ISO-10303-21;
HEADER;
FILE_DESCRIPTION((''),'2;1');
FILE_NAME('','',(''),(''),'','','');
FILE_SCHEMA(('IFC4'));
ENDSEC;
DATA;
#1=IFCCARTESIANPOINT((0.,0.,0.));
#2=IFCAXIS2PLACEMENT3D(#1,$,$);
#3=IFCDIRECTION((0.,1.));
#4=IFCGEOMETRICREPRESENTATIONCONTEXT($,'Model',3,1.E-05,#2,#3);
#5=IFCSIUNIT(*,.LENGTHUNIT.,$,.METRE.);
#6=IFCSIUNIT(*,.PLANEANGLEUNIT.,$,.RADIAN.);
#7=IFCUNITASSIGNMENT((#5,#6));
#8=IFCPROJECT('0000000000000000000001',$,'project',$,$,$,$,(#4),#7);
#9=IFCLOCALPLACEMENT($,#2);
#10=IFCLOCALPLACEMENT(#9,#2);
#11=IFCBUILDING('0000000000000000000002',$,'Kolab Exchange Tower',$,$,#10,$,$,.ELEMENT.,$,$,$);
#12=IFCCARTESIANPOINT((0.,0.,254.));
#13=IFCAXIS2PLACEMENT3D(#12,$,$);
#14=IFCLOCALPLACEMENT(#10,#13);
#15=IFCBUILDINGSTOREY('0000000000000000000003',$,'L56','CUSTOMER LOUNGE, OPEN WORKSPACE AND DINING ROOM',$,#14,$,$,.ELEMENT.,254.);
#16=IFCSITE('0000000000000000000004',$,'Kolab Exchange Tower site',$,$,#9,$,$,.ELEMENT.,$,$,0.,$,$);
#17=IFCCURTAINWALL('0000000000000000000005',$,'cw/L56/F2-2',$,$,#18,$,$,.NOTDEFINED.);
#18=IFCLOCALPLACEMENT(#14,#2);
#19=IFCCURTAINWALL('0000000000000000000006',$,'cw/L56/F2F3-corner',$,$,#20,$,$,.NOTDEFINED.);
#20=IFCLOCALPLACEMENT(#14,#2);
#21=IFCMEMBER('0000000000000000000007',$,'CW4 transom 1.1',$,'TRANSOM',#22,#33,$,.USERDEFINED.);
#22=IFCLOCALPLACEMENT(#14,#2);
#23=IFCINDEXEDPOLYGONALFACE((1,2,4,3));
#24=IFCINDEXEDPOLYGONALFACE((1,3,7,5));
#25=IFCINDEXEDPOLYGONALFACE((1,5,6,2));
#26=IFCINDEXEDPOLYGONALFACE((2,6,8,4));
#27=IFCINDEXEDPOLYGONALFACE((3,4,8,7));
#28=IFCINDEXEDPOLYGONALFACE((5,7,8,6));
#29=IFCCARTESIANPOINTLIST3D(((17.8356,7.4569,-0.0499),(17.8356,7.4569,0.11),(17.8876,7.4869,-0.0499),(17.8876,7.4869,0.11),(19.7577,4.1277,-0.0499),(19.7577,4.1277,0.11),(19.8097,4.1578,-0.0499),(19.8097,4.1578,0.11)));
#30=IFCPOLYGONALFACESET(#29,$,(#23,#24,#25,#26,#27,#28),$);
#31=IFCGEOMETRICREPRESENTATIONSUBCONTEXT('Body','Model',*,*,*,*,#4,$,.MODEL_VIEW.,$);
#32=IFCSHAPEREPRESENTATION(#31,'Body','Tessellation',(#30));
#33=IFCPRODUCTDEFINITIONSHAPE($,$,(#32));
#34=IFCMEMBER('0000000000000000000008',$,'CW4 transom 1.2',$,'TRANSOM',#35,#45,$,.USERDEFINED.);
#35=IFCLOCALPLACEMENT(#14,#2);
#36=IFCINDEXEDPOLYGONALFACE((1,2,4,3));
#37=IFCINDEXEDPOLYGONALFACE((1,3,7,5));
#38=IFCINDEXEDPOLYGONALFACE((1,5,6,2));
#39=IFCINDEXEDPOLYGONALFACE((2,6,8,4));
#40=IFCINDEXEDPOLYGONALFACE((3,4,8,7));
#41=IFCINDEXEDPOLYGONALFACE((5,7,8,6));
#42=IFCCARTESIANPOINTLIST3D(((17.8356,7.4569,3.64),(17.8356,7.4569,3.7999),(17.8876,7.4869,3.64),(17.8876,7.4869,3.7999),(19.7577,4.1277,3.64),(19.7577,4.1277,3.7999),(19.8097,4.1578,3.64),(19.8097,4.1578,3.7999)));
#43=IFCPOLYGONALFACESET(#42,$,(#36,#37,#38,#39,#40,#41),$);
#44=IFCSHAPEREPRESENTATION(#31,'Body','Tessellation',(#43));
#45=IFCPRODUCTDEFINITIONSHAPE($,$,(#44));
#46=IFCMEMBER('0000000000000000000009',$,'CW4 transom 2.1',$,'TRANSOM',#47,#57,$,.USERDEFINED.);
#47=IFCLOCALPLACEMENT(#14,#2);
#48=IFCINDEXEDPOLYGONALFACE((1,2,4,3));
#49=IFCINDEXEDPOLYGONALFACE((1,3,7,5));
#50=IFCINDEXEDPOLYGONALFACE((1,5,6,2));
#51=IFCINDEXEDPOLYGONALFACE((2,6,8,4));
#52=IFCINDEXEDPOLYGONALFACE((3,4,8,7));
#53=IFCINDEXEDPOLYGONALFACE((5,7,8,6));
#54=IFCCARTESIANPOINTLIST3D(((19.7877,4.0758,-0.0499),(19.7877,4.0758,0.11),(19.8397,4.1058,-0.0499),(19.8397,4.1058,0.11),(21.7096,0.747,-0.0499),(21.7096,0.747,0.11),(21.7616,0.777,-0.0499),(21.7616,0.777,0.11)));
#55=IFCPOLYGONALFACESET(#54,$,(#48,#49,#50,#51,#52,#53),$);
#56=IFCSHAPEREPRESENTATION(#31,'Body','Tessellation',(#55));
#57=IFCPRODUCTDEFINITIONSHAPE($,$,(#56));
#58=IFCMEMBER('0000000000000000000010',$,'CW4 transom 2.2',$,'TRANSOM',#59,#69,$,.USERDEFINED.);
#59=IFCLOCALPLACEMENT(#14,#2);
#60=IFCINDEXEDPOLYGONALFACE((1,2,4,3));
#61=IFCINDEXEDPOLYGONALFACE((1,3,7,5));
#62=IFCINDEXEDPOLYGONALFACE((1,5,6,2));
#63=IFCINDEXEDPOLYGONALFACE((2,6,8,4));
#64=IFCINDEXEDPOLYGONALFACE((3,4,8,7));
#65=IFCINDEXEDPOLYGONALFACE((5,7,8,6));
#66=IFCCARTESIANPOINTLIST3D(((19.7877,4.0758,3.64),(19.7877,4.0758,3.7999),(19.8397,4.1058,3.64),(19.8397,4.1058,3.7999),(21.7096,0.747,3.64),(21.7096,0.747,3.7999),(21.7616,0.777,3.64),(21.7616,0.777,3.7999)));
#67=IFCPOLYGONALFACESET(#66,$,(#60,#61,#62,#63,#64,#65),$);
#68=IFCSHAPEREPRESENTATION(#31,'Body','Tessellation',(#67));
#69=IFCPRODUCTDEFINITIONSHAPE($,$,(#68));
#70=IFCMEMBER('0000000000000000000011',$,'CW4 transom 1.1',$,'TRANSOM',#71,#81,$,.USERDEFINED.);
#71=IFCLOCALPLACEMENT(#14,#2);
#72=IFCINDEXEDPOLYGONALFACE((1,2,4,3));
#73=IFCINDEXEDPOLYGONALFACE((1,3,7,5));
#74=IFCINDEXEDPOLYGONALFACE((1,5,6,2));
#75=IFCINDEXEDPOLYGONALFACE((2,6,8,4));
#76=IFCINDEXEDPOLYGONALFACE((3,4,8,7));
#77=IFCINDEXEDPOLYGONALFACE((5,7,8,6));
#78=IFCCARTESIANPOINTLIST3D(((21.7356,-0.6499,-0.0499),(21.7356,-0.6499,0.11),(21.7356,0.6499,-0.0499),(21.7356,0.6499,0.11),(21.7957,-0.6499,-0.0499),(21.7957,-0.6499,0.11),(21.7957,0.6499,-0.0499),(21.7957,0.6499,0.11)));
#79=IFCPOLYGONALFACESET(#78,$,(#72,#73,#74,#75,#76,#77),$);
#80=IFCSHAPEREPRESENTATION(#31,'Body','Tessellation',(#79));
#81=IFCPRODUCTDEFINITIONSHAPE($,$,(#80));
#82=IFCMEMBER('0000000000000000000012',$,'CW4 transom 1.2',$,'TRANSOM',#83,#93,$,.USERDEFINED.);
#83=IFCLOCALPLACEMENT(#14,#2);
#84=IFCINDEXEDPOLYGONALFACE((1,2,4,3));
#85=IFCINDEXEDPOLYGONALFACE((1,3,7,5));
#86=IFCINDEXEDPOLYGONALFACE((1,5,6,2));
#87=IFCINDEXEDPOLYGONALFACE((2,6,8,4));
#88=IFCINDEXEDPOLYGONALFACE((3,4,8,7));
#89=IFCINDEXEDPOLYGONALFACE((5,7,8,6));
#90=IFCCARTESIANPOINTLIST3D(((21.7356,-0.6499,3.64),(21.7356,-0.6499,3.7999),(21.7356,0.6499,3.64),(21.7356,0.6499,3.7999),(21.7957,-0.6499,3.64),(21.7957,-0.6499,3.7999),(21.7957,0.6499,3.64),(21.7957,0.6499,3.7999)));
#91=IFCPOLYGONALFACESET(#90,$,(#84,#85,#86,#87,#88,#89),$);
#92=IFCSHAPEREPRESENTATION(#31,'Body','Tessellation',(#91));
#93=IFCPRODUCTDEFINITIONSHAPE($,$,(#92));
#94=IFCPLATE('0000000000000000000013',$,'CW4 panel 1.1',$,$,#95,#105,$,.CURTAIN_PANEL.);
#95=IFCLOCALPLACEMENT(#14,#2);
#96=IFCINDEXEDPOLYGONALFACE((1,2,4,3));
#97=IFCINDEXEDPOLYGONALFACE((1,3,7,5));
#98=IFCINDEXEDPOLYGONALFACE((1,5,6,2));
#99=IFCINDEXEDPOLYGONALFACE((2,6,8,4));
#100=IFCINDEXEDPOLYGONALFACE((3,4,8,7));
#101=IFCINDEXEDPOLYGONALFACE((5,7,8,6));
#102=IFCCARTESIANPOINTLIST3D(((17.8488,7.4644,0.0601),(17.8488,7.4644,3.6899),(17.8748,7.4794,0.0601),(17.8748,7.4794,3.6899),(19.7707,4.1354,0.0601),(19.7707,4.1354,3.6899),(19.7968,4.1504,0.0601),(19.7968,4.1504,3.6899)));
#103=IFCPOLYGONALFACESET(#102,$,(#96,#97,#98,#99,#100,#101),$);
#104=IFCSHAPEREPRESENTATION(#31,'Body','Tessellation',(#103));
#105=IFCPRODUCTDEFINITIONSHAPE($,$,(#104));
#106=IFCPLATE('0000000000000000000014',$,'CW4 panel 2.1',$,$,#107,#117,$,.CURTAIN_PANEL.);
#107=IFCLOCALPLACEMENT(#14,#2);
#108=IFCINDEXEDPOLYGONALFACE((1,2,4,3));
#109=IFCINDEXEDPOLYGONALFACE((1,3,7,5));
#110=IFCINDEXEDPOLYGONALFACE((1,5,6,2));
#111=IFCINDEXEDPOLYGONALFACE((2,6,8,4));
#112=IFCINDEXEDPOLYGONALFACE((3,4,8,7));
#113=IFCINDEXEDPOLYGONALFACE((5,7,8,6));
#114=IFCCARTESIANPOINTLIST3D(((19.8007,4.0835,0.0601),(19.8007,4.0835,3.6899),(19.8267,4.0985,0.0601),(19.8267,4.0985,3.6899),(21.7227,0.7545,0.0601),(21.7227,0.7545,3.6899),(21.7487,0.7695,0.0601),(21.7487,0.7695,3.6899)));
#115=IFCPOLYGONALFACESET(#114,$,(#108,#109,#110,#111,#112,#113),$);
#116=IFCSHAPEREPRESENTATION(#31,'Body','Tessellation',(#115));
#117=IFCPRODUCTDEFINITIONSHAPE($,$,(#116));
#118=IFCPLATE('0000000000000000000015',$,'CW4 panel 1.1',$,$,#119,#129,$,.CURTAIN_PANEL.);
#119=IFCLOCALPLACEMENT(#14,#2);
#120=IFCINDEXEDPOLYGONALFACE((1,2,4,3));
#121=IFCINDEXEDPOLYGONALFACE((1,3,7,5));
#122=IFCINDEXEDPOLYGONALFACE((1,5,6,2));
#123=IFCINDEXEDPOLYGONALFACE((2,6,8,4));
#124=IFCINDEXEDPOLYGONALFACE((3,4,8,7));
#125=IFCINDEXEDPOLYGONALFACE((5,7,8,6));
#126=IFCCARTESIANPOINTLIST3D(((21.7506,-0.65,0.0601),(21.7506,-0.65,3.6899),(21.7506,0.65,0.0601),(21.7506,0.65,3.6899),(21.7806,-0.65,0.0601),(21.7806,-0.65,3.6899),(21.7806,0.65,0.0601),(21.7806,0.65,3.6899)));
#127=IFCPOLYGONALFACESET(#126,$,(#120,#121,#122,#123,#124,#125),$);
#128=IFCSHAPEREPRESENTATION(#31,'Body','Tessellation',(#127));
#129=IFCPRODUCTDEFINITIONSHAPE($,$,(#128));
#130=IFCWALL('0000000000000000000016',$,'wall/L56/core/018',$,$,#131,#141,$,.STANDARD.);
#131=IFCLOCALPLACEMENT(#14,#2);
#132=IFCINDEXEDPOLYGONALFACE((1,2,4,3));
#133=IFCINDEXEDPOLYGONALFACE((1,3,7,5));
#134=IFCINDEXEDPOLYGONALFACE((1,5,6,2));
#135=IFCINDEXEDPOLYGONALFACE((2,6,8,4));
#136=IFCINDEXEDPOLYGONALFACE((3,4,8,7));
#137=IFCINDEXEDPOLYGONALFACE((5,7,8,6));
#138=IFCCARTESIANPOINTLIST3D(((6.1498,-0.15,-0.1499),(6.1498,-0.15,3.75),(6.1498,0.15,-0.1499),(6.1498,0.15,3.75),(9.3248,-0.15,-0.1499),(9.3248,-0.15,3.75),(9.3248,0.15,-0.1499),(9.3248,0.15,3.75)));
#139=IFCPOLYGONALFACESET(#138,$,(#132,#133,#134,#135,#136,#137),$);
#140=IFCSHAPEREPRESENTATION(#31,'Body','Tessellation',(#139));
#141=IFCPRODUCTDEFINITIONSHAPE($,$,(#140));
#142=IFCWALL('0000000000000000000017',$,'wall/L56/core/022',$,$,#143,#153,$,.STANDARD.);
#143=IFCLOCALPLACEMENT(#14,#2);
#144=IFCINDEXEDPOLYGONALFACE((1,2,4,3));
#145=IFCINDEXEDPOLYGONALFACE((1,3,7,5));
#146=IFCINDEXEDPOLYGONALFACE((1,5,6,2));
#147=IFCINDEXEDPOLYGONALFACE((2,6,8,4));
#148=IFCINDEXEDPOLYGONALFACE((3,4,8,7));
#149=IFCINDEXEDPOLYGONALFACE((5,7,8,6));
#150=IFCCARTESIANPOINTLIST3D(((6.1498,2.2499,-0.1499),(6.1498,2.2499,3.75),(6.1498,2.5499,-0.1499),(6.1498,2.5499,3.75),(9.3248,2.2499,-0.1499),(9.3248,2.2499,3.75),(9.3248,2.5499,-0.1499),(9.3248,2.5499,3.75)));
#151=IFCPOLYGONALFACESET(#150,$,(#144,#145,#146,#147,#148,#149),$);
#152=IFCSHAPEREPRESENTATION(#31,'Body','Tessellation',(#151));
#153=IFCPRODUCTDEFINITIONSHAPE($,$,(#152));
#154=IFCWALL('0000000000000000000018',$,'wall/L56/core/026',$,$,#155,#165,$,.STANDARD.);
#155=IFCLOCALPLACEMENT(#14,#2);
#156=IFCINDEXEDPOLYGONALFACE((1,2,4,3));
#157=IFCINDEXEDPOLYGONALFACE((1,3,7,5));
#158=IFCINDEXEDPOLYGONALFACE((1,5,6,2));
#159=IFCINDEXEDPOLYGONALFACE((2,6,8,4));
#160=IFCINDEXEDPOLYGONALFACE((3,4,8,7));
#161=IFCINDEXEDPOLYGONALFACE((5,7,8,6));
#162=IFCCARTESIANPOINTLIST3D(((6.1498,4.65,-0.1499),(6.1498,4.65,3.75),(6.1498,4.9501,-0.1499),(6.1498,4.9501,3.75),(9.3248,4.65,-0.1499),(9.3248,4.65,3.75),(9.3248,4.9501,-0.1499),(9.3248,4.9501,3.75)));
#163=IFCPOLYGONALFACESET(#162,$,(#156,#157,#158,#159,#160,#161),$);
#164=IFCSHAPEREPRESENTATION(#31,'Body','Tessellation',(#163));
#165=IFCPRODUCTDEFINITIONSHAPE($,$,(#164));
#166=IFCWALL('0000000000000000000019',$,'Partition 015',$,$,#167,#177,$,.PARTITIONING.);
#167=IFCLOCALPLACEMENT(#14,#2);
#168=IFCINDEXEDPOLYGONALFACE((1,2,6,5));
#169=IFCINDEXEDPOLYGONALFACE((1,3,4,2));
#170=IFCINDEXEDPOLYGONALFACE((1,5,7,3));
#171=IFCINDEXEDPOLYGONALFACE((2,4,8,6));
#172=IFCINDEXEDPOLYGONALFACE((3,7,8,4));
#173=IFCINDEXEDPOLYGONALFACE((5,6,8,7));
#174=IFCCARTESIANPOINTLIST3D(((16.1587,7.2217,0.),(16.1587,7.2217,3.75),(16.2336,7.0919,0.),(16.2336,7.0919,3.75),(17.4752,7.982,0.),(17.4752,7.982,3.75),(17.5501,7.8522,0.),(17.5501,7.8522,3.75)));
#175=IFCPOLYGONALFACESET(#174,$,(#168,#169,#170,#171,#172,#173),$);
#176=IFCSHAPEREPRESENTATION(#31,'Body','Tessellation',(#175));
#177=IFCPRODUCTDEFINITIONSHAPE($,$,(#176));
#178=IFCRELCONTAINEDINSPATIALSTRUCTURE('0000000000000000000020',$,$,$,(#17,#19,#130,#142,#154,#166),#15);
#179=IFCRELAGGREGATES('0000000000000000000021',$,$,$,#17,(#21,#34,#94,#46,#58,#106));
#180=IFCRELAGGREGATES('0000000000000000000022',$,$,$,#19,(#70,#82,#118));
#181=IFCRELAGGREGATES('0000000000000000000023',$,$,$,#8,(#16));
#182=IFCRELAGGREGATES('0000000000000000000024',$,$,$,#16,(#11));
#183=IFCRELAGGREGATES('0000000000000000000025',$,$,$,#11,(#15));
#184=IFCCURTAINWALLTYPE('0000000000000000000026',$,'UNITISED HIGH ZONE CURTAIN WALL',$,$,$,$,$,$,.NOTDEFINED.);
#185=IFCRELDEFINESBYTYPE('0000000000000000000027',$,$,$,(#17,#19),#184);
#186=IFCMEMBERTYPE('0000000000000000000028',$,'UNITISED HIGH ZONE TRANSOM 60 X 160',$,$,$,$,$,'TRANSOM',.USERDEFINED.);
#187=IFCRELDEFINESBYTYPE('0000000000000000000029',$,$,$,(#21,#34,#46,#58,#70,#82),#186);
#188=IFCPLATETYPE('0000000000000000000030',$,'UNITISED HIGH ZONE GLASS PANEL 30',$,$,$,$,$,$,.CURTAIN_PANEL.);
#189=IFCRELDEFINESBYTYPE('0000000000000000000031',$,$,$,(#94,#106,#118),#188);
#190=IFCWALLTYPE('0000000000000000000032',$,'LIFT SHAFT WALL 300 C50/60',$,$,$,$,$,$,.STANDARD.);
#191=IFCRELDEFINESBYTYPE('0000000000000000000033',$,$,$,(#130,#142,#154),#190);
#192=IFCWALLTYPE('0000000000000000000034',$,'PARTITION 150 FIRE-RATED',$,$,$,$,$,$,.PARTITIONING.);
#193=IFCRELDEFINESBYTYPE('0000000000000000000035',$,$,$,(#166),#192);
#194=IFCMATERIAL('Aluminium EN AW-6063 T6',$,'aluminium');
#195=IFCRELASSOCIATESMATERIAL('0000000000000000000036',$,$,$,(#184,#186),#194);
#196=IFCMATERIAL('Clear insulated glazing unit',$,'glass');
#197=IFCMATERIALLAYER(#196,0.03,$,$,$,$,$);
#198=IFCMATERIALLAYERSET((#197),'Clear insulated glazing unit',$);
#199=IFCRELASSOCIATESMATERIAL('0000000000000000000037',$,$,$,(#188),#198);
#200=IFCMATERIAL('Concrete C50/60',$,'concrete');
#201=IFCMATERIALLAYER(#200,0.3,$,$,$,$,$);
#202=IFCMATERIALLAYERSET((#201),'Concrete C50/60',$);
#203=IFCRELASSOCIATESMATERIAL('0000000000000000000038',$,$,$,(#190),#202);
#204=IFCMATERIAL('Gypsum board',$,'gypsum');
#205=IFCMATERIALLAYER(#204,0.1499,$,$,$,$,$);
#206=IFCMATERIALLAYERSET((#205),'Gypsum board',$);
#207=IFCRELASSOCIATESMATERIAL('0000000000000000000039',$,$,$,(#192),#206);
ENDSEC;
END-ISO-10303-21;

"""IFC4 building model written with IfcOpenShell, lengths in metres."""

from ifc_helpers import new_model, si_unit, direction, frame, frame_2d, origin, origin_2d, place, context, subcontext, project, spatial, rectangle, extrude, material, layer, layer_set, material_profile, profile_set, type_object, element, aggregate, save


model = new_model("IFC4")

# Units and contexts
model_context = context("Model", 3, precision=1e-05, world=origin(), true_north=direction((0.0, 1.0)))
body_context = subcontext(model_context, "Body", "Model", "MODEL_VIEW")
ifc_project = project(units=[si_unit("LENGTHUNIT", "METRE"), si_unit("PLANEANGLEUNIT", "RADIAN")], contexts=[model_context])

# Site, building, storey
site_placement = place(None, origin())
site = spatial("IfcSite", under=ifc_project, at=site_placement, Name="Kolab Exchange Tower site", CompositionType="ELEMENT", RefElevation=0.0)
building_placement = place(site_placement, origin())
building = spatial("IfcBuilding", under=site, at=building_placement, Name="Kolab Exchange Tower", CompositionType="ELEMENT")
storey_placement = place(building_placement, frame((0.0, 0.0, 254.0)))
storey = spatial("IfcBuildingStorey", under=building, at=storey_placement, Name="L56", Description="CUSTOMER LOUNGE, OPEN WORKSPACE AND DINING ROOM", CompositionType="ELEMENT", Elevation=254.0)

# Shared definitions
ifc_material_1 = material(Name="Concrete C50/60", Category="concrete")

# Curtain wall
ifc_material_2 = material(Name="Aluminium EN AW-6063 T6", Category="aluminium")
curtain_wall_type = type_object("IfcCurtainWallType", Name="UNITISED HIGH ZONE CURTAIN WALL", PredefinedType="NOTDEFINED", material=ifc_material_2)
curtain_wall_1_placement = place(storey_placement, origin())
curtain_wall_1 = element("IfcCurtainWall", 1, at=curtain_wall_1_placement, inside=storey, type_object=curtain_wall_type, Name="cw/L56/F2-2", PredefinedType="NOTDEFINED")

# Curtain wall
curtain_wall_2_placement = place(storey_placement, origin())
curtain_wall_2 = element("IfcCurtainWall", 2, at=curtain_wall_2_placement, inside=storey, type_object=curtain_wall_type, Name="cw/L56/F2F3-corner", PredefinedType="NOTDEFINED")

# Members
ifc_material_profile_1 = material_profile(ifc_material_2, rectangle(XDim=0.0601, YDim=0.1599, at=origin_2d()), Name="RECT 60X160")
ifc_profile_set_1 = profile_set([ifc_material_profile_1], Name="Aluminium EN AW-6063 T6")
member_type_1 = type_object("IfcMemberType", Name="UNITISED HIGH ZONE TRANSOM 60 X 160", ElementType="TRANSOM", PredefinedType="USERDEFINED", material=ifc_profile_set_1)
member_1_placement = place(storey_placement, frame((17.8616, 7.4719, 0.03), z_axis=(0.500012, -0.866018, 0.0), x_axis=(0.866018, 0.500012, 0.0)))
member_1 = element("IfcMember", 3, at=member_1_placement, type_object=member_type_1, Name="CW4 transom 1.1", ObjectType="TRANSOM", PredefinedType="USERDEFINED", context=body_context, shape_type="SweptSolid", body=[
    extrude(rectangle(XDim=0.0601, YDim=0.1599, at=origin_2d()), origin(), (0.0, 0.0, 1.0), 3.8442),
])
member_2_placement = place(storey_placement, frame((17.8616, 7.4719, 3.72), z_axis=(0.500012, -0.866018, 0.0), x_axis=(0.866018, 0.500012, 0.0)))
member_2 = element("IfcMember", 4, at=member_2_placement, type_object=member_type_1, Name="CW4 transom 1.2", ObjectType="TRANSOM", PredefinedType="USERDEFINED", context=body_context, shape_type="SweptSolid", body=[
    extrude(rectangle(XDim=0.0601, YDim=0.1599, at=origin_2d()), origin(), (0.0, 0.0, 1.0), 3.8442),
])
member_3_placement = place(storey_placement, frame((19.8137, 4.0908, 0.03), z_axis=(0.499992, -0.86603, 0.0), x_axis=(0.86603, 0.499992, 0.0)))
member_3 = element("IfcMember", 5, at=member_3_placement, type_object=member_type_1, Name="CW4 transom 2.1", ObjectType="TRANSOM", PredefinedType="USERDEFINED", context=body_context, shape_type="SweptSolid", body=[
    extrude(rectangle(XDim=0.0601, YDim=0.1599, at=origin_2d()), origin(), (0.0, 0.0, 1.0), 3.8438),
])
member_4_placement = place(storey_placement, frame((19.8137, 4.0908, 3.72), z_axis=(0.499992, -0.86603, 0.0), x_axis=(0.86603, 0.499992, 0.0)))
member_4 = element("IfcMember", 6, at=member_4_placement, type_object=member_type_1, Name="CW4 transom 2.2", ObjectType="TRANSOM", PredefinedType="USERDEFINED", context=body_context, shape_type="SweptSolid", body=[
    extrude(rectangle(XDim=0.0601, YDim=0.1599, at=origin_2d()), origin(), (0.0, 0.0, 1.0), 3.8438),
])
member_5_placement = place(storey_placement, frame((21.7656, 0.6499, 0.03), z_axis=(0.0, -1.0, 0.0), x_axis=(1.0, 0.0, 0.0)))
member_5 = element("IfcMember", 7, at=member_5_placement, type_object=member_type_1, Name="CW4 transom 1.1", ObjectType="TRANSOM", PredefinedType="USERDEFINED", context=body_context, shape_type="SweptSolid", body=[
    extrude(rectangle(XDim=0.0601, YDim=0.1599, at=origin_2d()), origin(), (0.0, 0.0, 1.0), 1.2998),
])
member_6_placement = place(storey_placement, frame((21.7656, 0.6499, 3.72), z_axis=(0.0, -1.0, 0.0), x_axis=(1.0, 0.0, 0.0)))
member_6 = element("IfcMember", 8, at=member_6_placement, type_object=member_type_1, Name="CW4 transom 1.2", ObjectType="TRANSOM", PredefinedType="USERDEFINED", context=body_context, shape_type="SweptSolid", body=[
    extrude(rectangle(XDim=0.0601, YDim=0.1599, at=origin_2d()), origin(), (0.0, 0.0, 1.0), 1.2998),
])

# Plates
ifc_material_3 = material(Name="Clear insulated glazing unit", Category="glass")
ifc_layer_1 = layer(ifc_material_3, 0.03)
ifc_layer_set_1 = layer_set([ifc_layer_1], Name="Clear insulated glazing unit")
plate_type = type_object("IfcPlateType", Name="UNITISED HIGH ZONE GLASS PANEL 30", PredefinedType="CURTAIN_PANEL", material=ifc_layer_set_1)
plate_1_placement = place(storey_placement, frame((18.8228, 5.8074, 0.0601), z_axis=(0.0, 0.0, 1.0), x_axis=(0.5, -0.866025, 0.0)))
plate_1 = element("IfcPlate", 9, at=plate_1_placement, type_object=plate_type, Name="CW4 panel 1.1", PredefinedType="CURTAIN_PANEL", context=body_context, shape_type="SweptSolid", body=[
    extrude(rectangle(XDim=3.844, YDim=0.03, at=origin_2d()), origin(), (0.0, 0.0, 1.0), 3.6299),
])
plate_2_placement = place(storey_placement, frame((20.7747, 2.4265, 0.0601), z_axis=(0.0, 0.0, 1.0), x_axis=(0.5, -0.866025, 0.0)))
plate_2 = element("IfcPlate", 10, at=plate_2_placement, type_object=plate_type, Name="CW4 panel 2.1", PredefinedType="CURTAIN_PANEL", context=body_context, shape_type="SweptSolid", body=[
    extrude(rectangle(XDim=3.844, YDim=0.03, at=origin_2d()), origin(), (0.0, 0.0, 1.0), 3.6299),
])
aggregate(curtain_wall_1, [member_1, member_2, plate_1, member_3, member_4, plate_2])
plate_3_placement = place(storey_placement, frame((21.7656, 0.0, 0.0601), z_axis=(0.0, 0.0, 1.0), x_axis=(0.0, -1.0, 0.0)))
plate_3 = element("IfcPlate", 11, at=plate_3_placement, type_object=plate_type, Name="CW4 panel 1.1", PredefinedType="CURTAIN_PANEL", context=body_context, shape_type="SweptSolid", body=[
    extrude(rectangle(XDim=1.3, YDim=0.03, at=origin_2d()), origin(), (0.0, 0.0, 1.0), 3.6299),
])
aggregate(curtain_wall_2, [member_5, member_6, plate_3])

# Walls
ifc_layer_2 = layer(ifc_material_1, 0.3)
ifc_layer_set_2 = layer_set([ifc_layer_2], Name="Concrete C50/60")
wall_type_1 = type_object("IfcWallType", Name="LIFT SHAFT WALL 300 C50/60", PredefinedType="STANDARD", material=ifc_layer_set_2)
for number, where, z_axis, x_axis, name in (
    (12, (6.1499, 0.0, -0.1499), (0.0, 0.0, 1.0), (1.0, 0.0, 0.0), "wall/L56/core/018"),
    (13, (6.1499, 2.3999, -0.1499), (0.0, 0.0, 1.0), (1.0, 0.0, 0.0), "wall/L56/core/022"),
    (14, (6.1499, 4.8, -0.1499), (0.0, 0.0, 1.0), (1.0, 0.0, 0.0), "wall/L56/core/026"),
):
    element("IfcWall", number, at=place(storey_placement, frame(where, z_axis=z_axis, x_axis=x_axis)), inside=storey, type_object=wall_type_1, Name=name, PredefinedType="STANDARD", context=body_context, shape_type="SweptSolid", body=[
        extrude(rectangle(XDim=3.175, YDim=0.3, at=frame_2d((1.5874, 0.0))), origin(), (0.0, 0.0, 1.0), 3.8999),
    ])
ifc_material_4 = material(Name="Gypsum board", Category="gypsum")
ifc_layer_3 = layer(ifc_material_4, 0.1499)
ifc_layer_set_3 = layer_set([ifc_layer_3], Name="Gypsum board")
wall_type_2 = type_object("IfcWallType", Name="PARTITION 150 FIRE-RATED", PredefinedType="PARTITIONING", material=ifc_layer_set_3)
wall_placement = place(storey_placement, frame((16.196, 7.1567, 0.0), z_axis=(0.0, 0.0, 1.0), x_axis=(0.865961, 0.500112, 0.0)))
element("IfcWall", 15, at=wall_placement, inside=storey, type_object=wall_type_2, Name="Partition 015", PredefinedType="PARTITIONING", context=body_context, shape_type="SweptSolid", body=[
    extrude(rectangle(XDim=1.5203, YDim=0.1499, at=frame_2d((0.7603, 0.0))), origin(), (0.0, 0.0, 1.0), 3.75),
])

save(model, "model.ifc")
